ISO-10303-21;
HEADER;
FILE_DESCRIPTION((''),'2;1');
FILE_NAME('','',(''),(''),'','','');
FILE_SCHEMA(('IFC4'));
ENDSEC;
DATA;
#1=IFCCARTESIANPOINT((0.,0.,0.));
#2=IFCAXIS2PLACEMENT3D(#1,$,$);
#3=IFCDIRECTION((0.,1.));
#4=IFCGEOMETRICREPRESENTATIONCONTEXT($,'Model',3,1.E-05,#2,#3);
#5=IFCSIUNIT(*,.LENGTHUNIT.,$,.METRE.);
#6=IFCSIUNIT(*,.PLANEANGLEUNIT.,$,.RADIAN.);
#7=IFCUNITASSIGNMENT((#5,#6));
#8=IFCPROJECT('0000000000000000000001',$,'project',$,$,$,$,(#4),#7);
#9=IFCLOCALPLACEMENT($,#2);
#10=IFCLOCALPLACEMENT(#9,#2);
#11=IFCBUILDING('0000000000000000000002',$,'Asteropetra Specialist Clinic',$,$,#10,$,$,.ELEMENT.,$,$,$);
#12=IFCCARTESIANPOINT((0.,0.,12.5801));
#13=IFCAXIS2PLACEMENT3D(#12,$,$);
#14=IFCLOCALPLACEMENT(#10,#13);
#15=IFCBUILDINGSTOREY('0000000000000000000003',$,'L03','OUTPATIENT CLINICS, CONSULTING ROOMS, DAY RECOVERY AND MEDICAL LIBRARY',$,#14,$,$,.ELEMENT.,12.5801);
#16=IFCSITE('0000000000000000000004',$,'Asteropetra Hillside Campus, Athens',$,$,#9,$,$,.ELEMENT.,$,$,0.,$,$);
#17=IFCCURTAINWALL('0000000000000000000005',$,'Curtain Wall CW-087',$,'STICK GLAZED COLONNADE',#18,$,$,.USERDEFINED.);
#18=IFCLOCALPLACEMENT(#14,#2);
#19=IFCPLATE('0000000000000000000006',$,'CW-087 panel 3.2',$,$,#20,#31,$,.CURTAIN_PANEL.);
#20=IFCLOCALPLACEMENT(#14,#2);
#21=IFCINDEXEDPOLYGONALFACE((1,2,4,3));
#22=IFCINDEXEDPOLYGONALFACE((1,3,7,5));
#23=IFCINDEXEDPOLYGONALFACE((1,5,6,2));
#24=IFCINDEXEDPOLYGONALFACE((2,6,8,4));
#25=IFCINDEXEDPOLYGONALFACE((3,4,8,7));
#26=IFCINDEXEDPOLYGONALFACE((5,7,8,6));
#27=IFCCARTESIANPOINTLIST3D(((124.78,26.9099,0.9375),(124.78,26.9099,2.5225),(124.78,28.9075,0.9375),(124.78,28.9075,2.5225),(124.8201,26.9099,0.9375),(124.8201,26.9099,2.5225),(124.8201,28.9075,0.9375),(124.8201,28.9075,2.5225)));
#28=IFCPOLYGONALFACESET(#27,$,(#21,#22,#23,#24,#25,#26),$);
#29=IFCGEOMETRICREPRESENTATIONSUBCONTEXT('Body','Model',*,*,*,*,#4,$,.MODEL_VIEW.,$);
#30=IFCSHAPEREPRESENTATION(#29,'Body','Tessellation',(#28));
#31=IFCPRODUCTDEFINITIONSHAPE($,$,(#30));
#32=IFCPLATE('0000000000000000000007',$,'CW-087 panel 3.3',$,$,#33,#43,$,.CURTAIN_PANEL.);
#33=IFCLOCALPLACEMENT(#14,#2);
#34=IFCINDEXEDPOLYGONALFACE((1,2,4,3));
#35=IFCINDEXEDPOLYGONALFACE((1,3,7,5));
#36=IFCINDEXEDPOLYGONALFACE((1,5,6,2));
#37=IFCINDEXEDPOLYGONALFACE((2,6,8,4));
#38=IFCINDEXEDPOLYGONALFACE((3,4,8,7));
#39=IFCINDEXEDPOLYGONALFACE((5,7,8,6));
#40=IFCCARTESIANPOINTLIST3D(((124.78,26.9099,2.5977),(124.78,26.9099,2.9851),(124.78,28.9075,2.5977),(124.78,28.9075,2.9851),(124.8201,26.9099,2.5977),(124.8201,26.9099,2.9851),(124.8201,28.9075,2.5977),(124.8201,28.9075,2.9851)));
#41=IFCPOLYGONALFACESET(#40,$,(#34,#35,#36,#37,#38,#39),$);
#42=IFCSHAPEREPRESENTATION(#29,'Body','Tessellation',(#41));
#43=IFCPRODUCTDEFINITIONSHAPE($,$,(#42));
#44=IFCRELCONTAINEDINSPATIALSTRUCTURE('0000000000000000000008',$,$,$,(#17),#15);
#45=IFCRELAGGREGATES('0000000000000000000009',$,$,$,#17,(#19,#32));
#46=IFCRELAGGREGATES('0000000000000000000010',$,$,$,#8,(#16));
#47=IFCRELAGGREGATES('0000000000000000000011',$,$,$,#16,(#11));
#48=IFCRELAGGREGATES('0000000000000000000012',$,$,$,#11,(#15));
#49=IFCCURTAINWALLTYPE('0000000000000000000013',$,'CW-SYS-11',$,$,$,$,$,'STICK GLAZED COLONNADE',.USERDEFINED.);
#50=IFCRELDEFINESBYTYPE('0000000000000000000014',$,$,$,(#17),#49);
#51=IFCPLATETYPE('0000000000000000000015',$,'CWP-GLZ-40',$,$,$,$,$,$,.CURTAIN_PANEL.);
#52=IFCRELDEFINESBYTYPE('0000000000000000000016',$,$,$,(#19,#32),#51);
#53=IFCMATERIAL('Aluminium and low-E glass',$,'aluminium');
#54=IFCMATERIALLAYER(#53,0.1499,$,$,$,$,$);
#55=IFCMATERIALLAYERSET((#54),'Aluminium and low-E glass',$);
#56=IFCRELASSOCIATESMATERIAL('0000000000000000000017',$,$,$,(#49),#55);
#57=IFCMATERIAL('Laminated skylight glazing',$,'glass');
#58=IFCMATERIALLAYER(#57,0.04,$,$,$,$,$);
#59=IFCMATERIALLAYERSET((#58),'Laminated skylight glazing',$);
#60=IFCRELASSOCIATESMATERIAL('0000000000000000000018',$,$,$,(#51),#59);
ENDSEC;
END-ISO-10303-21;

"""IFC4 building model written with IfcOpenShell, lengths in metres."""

from ifc_helpers import new_model, si_unit, direction, frame, origin, origin_2d, place, context, subcontext, project, spatial, rectangle, extrude, material, layer, layer_set, type_object, element, aggregate, save


model = new_model("IFC4")

# Units and contexts
model_context = context("Model", 3, precision=1e-05, world=origin(), true_north=direction((0.0, 1.0)))
body_context = subcontext(model_context, "Body", "Model", "MODEL_VIEW")
ifc_project = project(units=[si_unit("LENGTHUNIT", "METRE"), si_unit("PLANEANGLEUNIT", "RADIAN")], contexts=[model_context])

# Site, building, storey
site_placement = place(None, origin())
site = spatial("IfcSite", under=ifc_project, at=site_placement, Name="Asteropetra Hillside Campus, Athens", CompositionType="ELEMENT", RefElevation=0.0)
building_placement = place(site_placement, origin())
building = spatial("IfcBuilding", under=site, at=building_placement, Name="Asteropetra Specialist Clinic", CompositionType="ELEMENT")
storey_placement = place(building_placement, frame((0.0, 0.0, 12.5801)))
storey = spatial("IfcBuildingStorey", under=building, at=storey_placement, Name="L03", Description="OUTPATIENT CLINICS, CONSULTING ROOMS, DAY RECOVERY AND MEDICAL LIBRARY", CompositionType="ELEMENT", Elevation=12.5801)

# Curtain wall
ifc_material_1 = material(Name="Aluminium and low-E glass", Category="aluminium")
ifc_layer_1 = layer(ifc_material_1, 0.1499)
ifc_layer_set_1 = layer_set([ifc_layer_1], Name="Aluminium and low-E glass")
curtain_wall_type_1 = type_object("IfcCurtainWallType", Name="CW-SYS-11", ElementType="STICK GLAZED COLONNADE", PredefinedType="USERDEFINED", material=ifc_layer_set_1)
curtain_wall_1_placement = place(storey_placement, origin())
curtain_wall_1 = element("IfcCurtainWall", 1, at=curtain_wall_1_placement, inside=storey, type_object=curtain_wall_type_1, Name="Curtain Wall CW-087", ObjectType="STICK GLAZED COLONNADE", PredefinedType="USERDEFINED")

# Plates
ifc_material_2 = material(Name="Laminated skylight glazing", Category="glass")
ifc_layer_2 = layer(ifc_material_2, 0.04)
ifc_layer_set_2 = layer_set([ifc_layer_2], Name="Laminated skylight glazing")
plate_type_1 = type_object("IfcPlateType", Name="CWP-GLZ-40", PredefinedType="CURTAIN_PANEL", material=ifc_layer_set_2)
plate_1_placement = place(storey_placement, frame((124.8, 27.9087, 0.9375), z_axis=(0.0, 0.0, 1.0), x_axis=(0.0, -1.0, 0.0)))
plate_1 = element("IfcPlate", 2, at=plate_1_placement, type_object=plate_type_1, Name="CW-087 panel 3.2", PredefinedType="CURTAIN_PANEL", context=body_context, shape_type="SweptSolid", body=[
    extrude(rectangle(XDim=1.9976, YDim=0.04, at=origin_2d()), origin(), (0.0, 0.0, 1.0), 1.585),
])
plate_2_placement = place(storey_placement, frame((124.8, 27.9087, 2.5977), z_axis=(0.0, 0.0, 1.0), x_axis=(0.0, -1.0, 0.0)))
plate_2 = element("IfcPlate", 3, at=plate_2_placement, type_object=plate_type_1, Name="CW-087 panel 3.3", PredefinedType="CURTAIN_PANEL", context=body_context, shape_type="SweptSolid", body=[
    extrude(rectangle(XDim=1.9976, YDim=0.04, at=origin_2d()), origin(), (0.0, 0.0, 1.0), 0.3875),
])
aggregate(curtain_wall_1, [plate_1, plate_2])

save(model, "model.ifc")
